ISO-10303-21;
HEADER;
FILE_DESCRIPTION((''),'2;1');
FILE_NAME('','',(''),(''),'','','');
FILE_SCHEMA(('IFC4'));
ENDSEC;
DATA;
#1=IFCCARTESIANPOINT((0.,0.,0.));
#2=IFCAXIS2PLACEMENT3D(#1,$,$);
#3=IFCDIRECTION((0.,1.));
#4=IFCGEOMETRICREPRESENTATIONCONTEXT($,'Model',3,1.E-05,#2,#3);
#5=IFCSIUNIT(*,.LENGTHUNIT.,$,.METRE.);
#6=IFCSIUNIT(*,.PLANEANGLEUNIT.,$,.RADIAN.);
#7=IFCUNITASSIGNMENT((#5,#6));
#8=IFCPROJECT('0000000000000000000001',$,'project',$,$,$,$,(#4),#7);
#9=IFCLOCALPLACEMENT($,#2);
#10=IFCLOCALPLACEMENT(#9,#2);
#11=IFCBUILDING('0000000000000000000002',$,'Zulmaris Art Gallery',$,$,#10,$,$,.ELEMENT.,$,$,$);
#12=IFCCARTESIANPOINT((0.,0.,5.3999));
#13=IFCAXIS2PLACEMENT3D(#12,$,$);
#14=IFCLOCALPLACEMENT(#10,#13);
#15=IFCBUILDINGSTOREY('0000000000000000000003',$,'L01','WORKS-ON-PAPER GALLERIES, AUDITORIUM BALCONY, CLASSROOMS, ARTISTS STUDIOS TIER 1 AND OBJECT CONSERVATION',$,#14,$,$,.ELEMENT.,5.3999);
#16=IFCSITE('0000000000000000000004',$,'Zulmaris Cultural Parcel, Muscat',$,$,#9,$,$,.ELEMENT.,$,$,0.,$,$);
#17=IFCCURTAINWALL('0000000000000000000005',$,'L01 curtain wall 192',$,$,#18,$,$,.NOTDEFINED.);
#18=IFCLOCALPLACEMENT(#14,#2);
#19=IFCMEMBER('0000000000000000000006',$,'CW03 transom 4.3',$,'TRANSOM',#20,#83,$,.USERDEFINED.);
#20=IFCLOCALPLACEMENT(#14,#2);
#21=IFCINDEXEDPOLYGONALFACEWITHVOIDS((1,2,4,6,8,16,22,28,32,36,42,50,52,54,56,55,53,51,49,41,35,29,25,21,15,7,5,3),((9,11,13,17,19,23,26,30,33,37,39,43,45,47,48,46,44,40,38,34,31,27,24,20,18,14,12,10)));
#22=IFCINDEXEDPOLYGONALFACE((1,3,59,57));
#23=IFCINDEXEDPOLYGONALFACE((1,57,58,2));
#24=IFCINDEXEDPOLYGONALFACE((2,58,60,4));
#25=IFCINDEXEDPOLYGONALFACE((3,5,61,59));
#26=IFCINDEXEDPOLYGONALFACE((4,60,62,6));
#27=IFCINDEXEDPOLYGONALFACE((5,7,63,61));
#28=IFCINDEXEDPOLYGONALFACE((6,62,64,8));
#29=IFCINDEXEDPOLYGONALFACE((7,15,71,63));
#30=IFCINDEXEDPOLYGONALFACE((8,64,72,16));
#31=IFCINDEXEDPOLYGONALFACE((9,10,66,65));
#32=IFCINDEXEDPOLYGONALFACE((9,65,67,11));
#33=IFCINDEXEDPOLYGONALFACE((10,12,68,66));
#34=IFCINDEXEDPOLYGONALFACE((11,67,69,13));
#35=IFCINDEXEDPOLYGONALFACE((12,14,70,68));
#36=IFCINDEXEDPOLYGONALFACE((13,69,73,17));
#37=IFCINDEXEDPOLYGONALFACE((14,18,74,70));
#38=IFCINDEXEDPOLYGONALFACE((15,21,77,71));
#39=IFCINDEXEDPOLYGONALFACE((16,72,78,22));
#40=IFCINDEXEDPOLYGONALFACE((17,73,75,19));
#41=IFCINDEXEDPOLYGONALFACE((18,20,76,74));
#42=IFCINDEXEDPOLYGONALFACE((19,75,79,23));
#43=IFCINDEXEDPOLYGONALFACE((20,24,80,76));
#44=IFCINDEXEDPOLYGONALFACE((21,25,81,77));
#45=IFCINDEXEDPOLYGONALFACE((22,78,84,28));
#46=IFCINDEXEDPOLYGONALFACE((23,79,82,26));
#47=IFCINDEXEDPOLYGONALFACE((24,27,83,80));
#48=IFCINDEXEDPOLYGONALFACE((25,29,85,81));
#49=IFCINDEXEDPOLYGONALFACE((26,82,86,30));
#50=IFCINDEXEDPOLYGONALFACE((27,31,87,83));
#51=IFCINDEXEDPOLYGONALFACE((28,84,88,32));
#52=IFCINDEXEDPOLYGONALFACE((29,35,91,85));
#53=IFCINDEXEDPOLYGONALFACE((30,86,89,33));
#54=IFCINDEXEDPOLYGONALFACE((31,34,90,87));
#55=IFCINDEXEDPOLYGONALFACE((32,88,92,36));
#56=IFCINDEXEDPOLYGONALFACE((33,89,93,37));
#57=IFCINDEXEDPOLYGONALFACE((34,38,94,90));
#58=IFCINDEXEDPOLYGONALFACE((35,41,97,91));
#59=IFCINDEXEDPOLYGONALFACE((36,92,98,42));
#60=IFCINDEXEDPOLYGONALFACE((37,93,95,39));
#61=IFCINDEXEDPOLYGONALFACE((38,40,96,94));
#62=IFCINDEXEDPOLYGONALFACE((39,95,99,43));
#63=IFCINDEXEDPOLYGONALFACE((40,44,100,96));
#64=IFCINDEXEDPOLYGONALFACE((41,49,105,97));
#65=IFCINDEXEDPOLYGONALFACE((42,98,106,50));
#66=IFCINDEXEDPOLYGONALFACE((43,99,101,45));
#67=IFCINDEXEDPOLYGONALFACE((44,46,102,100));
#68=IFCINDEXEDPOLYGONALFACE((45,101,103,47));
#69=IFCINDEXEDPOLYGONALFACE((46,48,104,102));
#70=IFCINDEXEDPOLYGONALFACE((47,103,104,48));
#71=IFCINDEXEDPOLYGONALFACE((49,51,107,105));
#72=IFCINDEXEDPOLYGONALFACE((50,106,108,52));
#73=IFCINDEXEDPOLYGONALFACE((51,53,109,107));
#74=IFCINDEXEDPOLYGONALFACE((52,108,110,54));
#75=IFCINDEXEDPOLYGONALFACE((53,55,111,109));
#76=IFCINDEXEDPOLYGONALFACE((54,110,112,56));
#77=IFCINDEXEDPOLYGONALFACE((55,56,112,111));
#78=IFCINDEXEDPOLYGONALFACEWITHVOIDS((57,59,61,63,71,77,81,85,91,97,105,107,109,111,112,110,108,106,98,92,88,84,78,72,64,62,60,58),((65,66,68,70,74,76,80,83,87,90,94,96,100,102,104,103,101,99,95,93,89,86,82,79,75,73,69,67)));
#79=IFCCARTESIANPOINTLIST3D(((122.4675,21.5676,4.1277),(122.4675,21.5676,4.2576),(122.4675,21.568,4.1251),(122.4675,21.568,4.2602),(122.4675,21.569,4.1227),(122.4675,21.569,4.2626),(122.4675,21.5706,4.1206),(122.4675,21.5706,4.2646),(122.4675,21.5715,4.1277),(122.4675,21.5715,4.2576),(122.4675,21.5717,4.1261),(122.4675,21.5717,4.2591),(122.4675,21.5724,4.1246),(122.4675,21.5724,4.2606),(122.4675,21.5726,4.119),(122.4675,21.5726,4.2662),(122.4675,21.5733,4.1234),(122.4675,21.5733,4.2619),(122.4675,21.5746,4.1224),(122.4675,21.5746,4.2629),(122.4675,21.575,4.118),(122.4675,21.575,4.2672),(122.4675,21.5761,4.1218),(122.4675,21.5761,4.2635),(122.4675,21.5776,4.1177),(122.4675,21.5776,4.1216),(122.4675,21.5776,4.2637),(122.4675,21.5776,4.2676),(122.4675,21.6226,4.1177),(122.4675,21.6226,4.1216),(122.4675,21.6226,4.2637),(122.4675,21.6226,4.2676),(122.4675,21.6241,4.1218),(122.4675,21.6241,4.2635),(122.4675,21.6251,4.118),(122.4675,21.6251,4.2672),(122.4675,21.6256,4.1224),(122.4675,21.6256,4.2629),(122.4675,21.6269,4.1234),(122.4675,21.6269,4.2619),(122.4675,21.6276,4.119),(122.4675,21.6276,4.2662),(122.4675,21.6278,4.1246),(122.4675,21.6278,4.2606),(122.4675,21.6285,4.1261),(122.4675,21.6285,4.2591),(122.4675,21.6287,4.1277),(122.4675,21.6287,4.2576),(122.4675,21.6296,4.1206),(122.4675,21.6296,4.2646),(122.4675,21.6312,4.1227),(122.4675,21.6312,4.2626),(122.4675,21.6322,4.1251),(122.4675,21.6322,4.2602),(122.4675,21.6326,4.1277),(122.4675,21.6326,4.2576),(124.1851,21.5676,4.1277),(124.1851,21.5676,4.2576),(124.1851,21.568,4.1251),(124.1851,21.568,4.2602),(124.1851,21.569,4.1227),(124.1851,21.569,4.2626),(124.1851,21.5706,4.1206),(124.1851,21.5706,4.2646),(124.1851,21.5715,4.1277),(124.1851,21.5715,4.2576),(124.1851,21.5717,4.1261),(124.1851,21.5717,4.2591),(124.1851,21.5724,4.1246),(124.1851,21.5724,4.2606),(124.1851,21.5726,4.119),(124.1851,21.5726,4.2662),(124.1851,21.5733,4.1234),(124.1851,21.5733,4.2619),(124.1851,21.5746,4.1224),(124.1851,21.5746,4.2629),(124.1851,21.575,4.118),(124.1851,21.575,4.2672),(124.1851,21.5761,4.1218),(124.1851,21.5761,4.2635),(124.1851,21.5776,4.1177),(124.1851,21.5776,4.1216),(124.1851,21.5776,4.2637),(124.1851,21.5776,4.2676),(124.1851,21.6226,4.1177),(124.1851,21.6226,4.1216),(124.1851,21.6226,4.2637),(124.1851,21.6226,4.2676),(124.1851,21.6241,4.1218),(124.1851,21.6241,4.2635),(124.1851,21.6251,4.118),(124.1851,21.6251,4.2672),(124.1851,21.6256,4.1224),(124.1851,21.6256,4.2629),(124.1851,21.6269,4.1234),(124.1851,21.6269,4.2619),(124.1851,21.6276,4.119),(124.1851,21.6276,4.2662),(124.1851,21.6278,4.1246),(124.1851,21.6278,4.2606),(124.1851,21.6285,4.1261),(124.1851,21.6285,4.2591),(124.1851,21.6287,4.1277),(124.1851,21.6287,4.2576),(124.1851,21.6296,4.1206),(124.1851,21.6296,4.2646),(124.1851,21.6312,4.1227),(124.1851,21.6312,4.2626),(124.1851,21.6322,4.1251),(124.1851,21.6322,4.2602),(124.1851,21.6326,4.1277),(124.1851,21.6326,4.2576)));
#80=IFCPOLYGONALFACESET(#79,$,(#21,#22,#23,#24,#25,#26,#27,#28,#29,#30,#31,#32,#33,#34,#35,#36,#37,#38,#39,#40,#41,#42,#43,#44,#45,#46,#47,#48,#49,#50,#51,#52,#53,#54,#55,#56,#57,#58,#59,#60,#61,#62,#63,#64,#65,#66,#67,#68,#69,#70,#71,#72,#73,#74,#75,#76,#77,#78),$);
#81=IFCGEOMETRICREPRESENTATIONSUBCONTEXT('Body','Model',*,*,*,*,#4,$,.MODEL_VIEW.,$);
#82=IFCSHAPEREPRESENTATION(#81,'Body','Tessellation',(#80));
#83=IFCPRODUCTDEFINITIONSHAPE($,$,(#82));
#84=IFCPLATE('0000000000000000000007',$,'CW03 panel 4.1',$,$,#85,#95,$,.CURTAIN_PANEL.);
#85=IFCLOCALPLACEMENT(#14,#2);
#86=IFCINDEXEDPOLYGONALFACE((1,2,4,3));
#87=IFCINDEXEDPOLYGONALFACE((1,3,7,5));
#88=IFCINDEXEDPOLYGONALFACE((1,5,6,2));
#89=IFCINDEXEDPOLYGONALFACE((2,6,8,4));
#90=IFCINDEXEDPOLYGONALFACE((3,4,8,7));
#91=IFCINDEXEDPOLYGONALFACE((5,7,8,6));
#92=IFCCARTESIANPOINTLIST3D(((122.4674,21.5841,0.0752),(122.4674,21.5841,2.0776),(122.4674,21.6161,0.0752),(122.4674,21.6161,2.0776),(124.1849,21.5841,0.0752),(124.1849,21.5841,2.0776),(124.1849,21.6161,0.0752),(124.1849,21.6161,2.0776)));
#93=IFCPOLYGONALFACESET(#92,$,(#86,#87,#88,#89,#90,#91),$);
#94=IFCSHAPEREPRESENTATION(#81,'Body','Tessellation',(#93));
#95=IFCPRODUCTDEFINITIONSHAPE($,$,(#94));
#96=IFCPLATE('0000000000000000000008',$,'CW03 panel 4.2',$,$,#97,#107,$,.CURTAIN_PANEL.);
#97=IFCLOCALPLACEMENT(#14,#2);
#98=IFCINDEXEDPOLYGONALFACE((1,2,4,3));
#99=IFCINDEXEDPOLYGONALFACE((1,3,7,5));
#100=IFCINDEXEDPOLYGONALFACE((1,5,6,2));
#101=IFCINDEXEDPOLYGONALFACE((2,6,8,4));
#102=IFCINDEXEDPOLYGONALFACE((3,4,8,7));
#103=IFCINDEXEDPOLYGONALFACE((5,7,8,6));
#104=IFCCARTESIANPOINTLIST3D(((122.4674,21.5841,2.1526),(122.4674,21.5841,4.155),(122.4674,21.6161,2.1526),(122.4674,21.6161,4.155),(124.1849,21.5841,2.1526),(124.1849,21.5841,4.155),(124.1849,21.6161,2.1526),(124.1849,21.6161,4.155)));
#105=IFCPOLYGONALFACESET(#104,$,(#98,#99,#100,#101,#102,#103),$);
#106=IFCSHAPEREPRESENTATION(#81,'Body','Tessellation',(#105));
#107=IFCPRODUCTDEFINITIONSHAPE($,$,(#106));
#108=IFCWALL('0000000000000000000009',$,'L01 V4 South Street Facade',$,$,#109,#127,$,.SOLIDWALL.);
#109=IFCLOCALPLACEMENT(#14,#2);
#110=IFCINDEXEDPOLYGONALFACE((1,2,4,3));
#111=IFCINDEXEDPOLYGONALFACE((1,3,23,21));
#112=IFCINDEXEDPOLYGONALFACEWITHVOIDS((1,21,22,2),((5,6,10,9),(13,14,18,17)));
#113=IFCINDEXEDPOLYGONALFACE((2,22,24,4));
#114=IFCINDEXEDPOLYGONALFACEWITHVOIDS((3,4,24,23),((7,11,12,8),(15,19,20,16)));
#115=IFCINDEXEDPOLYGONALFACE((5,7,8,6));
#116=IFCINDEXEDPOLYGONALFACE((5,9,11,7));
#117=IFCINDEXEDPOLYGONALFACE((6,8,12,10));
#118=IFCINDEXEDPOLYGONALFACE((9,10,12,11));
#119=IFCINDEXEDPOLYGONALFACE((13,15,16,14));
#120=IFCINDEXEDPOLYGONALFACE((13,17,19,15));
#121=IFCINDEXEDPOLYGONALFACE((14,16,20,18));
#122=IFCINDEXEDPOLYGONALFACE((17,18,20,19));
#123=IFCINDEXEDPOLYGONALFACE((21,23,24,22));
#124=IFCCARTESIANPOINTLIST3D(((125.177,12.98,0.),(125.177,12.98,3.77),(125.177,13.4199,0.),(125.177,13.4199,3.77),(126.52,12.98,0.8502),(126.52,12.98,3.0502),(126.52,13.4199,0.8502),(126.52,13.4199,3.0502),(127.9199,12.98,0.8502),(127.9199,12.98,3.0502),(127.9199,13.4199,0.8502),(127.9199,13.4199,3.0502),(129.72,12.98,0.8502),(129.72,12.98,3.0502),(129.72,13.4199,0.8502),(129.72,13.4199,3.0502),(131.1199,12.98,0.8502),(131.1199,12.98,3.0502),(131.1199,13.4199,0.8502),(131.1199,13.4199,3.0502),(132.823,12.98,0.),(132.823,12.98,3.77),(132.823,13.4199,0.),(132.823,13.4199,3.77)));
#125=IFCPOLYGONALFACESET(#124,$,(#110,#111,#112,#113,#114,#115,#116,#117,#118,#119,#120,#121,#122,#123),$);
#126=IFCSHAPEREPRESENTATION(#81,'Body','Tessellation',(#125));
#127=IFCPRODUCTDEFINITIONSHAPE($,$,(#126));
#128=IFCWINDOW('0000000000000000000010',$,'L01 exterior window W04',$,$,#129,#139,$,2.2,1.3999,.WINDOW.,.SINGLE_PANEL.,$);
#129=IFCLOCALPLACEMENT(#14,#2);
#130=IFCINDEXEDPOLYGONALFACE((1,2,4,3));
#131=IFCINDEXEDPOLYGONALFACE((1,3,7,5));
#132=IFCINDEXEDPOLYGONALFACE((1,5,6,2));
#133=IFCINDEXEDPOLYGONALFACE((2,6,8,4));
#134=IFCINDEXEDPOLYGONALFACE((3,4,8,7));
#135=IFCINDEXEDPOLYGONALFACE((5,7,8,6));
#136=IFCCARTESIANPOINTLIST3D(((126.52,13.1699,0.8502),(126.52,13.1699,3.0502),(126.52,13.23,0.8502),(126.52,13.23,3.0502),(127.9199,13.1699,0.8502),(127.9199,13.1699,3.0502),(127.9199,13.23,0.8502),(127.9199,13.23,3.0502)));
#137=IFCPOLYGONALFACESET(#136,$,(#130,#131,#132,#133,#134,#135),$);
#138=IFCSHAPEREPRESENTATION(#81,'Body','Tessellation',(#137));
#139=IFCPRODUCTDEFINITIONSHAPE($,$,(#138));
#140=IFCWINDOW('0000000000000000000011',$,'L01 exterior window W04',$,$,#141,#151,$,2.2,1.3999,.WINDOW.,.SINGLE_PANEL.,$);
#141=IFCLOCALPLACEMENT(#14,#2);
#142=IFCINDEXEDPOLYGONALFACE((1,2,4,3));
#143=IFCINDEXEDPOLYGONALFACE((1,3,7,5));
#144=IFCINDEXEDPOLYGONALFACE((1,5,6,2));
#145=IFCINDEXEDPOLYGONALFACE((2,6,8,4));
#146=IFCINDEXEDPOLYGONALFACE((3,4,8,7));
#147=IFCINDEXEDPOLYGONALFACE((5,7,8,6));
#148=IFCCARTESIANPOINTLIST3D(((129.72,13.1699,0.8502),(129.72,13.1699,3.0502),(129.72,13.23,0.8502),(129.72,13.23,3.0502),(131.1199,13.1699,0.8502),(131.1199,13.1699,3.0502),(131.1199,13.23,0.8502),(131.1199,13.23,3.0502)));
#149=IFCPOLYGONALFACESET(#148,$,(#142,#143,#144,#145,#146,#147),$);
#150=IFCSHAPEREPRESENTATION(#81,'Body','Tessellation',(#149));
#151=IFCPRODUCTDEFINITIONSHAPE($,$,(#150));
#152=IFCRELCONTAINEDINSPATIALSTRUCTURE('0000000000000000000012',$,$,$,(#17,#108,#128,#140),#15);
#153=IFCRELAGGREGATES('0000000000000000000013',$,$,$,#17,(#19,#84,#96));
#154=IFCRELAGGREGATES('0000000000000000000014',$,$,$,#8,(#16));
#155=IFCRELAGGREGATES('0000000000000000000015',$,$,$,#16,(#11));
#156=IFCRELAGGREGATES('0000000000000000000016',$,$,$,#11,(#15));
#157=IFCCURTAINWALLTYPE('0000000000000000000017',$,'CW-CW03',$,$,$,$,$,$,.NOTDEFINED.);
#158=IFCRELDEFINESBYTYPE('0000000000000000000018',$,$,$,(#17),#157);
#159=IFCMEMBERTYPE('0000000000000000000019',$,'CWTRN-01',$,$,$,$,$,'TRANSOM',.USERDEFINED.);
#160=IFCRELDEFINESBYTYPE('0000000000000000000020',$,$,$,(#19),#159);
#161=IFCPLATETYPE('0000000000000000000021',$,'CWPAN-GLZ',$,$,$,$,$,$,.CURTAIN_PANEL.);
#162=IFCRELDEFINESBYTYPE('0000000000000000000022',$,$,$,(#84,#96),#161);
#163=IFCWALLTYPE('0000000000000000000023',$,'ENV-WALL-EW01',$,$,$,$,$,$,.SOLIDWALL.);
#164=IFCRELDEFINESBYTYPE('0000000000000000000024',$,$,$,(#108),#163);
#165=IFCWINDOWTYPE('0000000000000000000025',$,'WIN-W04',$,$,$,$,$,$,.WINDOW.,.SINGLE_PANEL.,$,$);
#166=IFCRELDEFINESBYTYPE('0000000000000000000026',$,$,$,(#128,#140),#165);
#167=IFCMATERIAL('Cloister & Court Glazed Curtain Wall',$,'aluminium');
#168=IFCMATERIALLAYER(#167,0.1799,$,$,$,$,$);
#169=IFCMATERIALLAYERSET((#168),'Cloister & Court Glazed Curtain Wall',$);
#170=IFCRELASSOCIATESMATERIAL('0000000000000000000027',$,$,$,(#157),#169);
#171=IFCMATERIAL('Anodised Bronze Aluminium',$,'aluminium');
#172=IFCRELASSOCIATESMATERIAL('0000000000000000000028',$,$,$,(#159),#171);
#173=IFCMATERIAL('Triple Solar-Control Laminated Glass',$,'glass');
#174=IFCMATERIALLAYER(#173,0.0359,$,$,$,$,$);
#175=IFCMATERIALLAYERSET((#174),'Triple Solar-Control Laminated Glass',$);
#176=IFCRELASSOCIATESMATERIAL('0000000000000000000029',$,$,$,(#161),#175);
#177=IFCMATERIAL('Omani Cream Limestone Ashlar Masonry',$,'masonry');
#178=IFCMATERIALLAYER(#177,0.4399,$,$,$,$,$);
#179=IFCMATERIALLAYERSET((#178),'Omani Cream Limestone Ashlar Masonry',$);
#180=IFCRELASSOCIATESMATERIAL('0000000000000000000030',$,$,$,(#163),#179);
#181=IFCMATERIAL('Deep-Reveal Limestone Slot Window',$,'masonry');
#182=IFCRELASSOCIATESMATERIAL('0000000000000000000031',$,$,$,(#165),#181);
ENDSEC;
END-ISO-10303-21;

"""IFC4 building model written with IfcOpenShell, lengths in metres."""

from ifc_helpers import new_model, si_unit, direction, frame, frame_2d, origin, origin_2d, place, context, subcontext, project, spatial, rectangle, hollow_rectangle, extrude, material, layer, layer_set, material_profile, profile_set, type_object, element, fill, aggregate, save


model = new_model("IFC4")

# Units and contexts
model_context = context("Model", 3, precision=1e-05, world=origin(), true_north=direction((0.0, 1.0)))
body_context = subcontext(model_context, "Body", "Model", "MODEL_VIEW")
ifc_project = project(units=[si_unit("LENGTHUNIT", "METRE"), si_unit("PLANEANGLEUNIT", "RADIAN")], contexts=[model_context])

# Site, building, storey
site_placement = place(None, origin())
site = spatial("IfcSite", under=ifc_project, at=site_placement, Name="Zulmaris Cultural Parcel, Muscat", CompositionType="ELEMENT", RefElevation=0.0)
building_placement = place(site_placement, origin())
building = spatial("IfcBuilding", under=site, at=building_placement, Name="Zulmaris Art Gallery", CompositionType="ELEMENT")
storey_placement = place(building_placement, frame((0.0, 0.0, 5.3999)))
storey = spatial("IfcBuildingStorey", under=building, at=storey_placement, Name="L01", Description="WORKS-ON-PAPER GALLERIES, AUDITORIUM BALCONY, CLASSROOMS, ARTISTS STUDIOS TIER 1 AND OBJECT CONSERVATION", CompositionType="ELEMENT", Elevation=5.3999)

# Shared definitions
ifc_material_1 = material(Name="Anodised Bronze Aluminium", Category="aluminium")

# Curtain wall, member, plates
ifc_material_2 = material(Name="Cloister & Court Glazed Curtain Wall", Category="aluminium")
ifc_layer_1 = layer(ifc_material_2, 0.1799)
ifc_layer_set_1 = layer_set([ifc_layer_1], Name="Cloister & Court Glazed Curtain Wall")
curtain_wall_type_1 = type_object("IfcCurtainWallType", Name="CW-CW03", PredefinedType="NOTDEFINED", material=ifc_layer_set_1)
curtain_wall_1_placement = place(storey_placement, origin())
curtain_wall_1 = element("IfcCurtainWall", 1, at=curtain_wall_1_placement, inside=storey, type_object=curtain_wall_type_1, Name="L01 curtain wall 192", PredefinedType="NOTDEFINED")
ifc_material_profile_1 = material_profile(ifc_material_1, hollow_rectangle(XDim=0.0649, YDim=0.1499, WallThickness=0.0039, InnerFilletRadius=0.0061, OuterFilletRadius=0.01, at=origin_2d()), Name="ALU 65x150x4")
ifc_profile_set_1 = profile_set([ifc_material_profile_1], Name="Anodised Bronze Aluminium")
member_type_1 = type_object("IfcMemberType", Name="CWTRN-01", ElementType="TRANSOM", PredefinedType="USERDEFINED", material=ifc_profile_set_1)
member_1_placement = place(storey_placement, frame((122.4675, 21.6001, 4.1926), z_axis=(1.0, 0.0, 0.0), x_axis=(0.0, 1.0, 0.0)))
member_1 = element("IfcMember", 2, at=member_1_placement, type_object=member_type_1, Name="CW03 transom 4.3", ObjectType="TRANSOM", PredefinedType="USERDEFINED", context=body_context, shape_type="SweptSolid", body=[
    extrude(hollow_rectangle(XDim=0.0649, YDim=0.1499, WallThickness=0.0039, InnerFilletRadius=0.0061, OuterFilletRadius=0.01, at=origin_2d()), origin(), (0.0, 0.0, 1.0), 1.7175),
])
ifc_material_3 = material(Name="Triple Solar-Control Laminated Glass", Category="glass")
ifc_layer_2 = layer(ifc_material_3, 0.0359)
ifc_layer_set_2 = layer_set([ifc_layer_2], Name="Triple Solar-Control Laminated Glass")
plate_type = type_object("IfcPlateType", Name="CWPAN-GLZ", PredefinedType="CURTAIN_PANEL", material=ifc_layer_set_2)
plate_1_placement = place(storey_placement, frame((123.3262, 21.6001, 0.0752), z_axis=(0.0, 0.0, 1.0), x_axis=(1.0, 0.0, 0.0)))
plate_1 = element("IfcPlate", 3, at=plate_1_placement, type_object=plate_type, Name="CW03 panel 4.1", PredefinedType="CURTAIN_PANEL", context=body_context, shape_type="SweptSolid", body=[
    extrude(rectangle(XDim=1.7175, YDim=0.032, at=origin_2d()), origin(), (0.0, 0.0, 1.0), 2.0024),
])
plate_2_placement = place(storey_placement, frame((123.3262, 21.6001, 2.1526), z_axis=(0.0, 0.0, 1.0), x_axis=(1.0, 0.0, 0.0)))
plate_2 = element("IfcPlate", 4, at=plate_2_placement, type_object=plate_type, Name="CW03 panel 4.2", PredefinedType="CURTAIN_PANEL", context=body_context, shape_type="SweptSolid", body=[
    extrude(rectangle(XDim=1.7175, YDim=0.032, at=origin_2d()), origin(), (0.0, 0.0, 1.0), 2.0024),
])
aggregate(curtain_wall_1, [member_1, plate_1, plate_2])

# Wall, openings, windows
ifc_material_4 = material(Name="Omani Cream Limestone Ashlar Masonry", Category="masonry")
ifc_layer_3 = layer(ifc_material_4, 0.4399)
ifc_layer_set_3 = layer_set([ifc_layer_3], Name="Omani Cream Limestone Ashlar Masonry")
wall_type_1 = type_object("IfcWallType", Name="ENV-WALL-EW01", PredefinedType="SOLIDWALL", material=ifc_layer_set_3)
wall_1_placement = place(storey_placement, frame((125.177, 13.2, 0.0), z_axis=(0.0, 0.0, 1.0), x_axis=(1.0, 0.0, 0.0)))
wall_1 = element("IfcWall", 5, at=wall_1_placement, inside=storey, type_object=wall_type_1, Name="L01 V4 South Street Facade", PredefinedType="SOLIDWALL", context=body_context, shape_type="SweptSolid", body=[
    extrude(rectangle(XDim=7.646, YDim=0.4399, at=frame_2d((3.823, 0.0))), origin(), (0.0, 0.0, 1.0), 3.77),
])
opening_1_placement = place(wall_1_placement, frame((1.343, 0.0, 0.8501)))
opening_1 = element("IfcOpeningElement", 6, at=opening_1_placement, cuts=wall_1, PredefinedType="OPENING", context=body_context, shape_type="SweptSolid", body=[
    extrude(rectangle(XDim=1.3999, YDim=2.2, at=frame_2d((0.7, 1.1001))), frame((0.0, 0.23, 0.0), z_axis=(0.0, -1.0, 0.0), x_axis=(1.0, 0.0, 0.0)), (0.0, 0.0, 1.0), 0.46),
])
opening_2_placement = place(wall_1_placement, frame((4.543, 0.0, 0.8501)))
opening_2 = element("IfcOpeningElement", 7, at=opening_2_placement, cuts=wall_1, PredefinedType="OPENING", context=body_context, shape_type="SweptSolid", body=[
    extrude(rectangle(XDim=1.3999, YDim=2.2, at=frame_2d((0.7, 1.1001))), frame((0.0, 0.23, 0.0), z_axis=(0.0, -1.0, 0.0), x_axis=(1.0, 0.0, 0.0)), (0.0, 0.0, 1.0), 0.46),
])
ifc_material_5 = material(Name="Deep-Reveal Limestone Slot Window", Category="masonry")
window_type = type_object("IfcWindowType", Name="WIN-W04", PartitioningType="SINGLE_PANEL", PredefinedType="WINDOW", material=ifc_material_5)
window_1_placement = place(opening_1_placement, origin())
window_1 = element("IfcWindow", 8, at=window_1_placement, inside=storey, type_object=window_type, Name="L01 exterior window W04", OverallHeight=2.2, OverallWidth=1.3999, PartitioningType="SINGLE_PANEL", PredefinedType="WINDOW", context=body_context, shape_type="SweptSolid", body=[
    extrude(rectangle(XDim=1.3999, YDim=2.2, at=frame_2d((0.7, 1.1001))), frame((0.0, 0.03, 0.0), z_axis=(0.0, -1.0, 0.0), x_axis=(1.0, 0.0, 0.0)), (0.0, 0.0, 1.0), 0.0601),
])
fill(opening_1, window_1)
window_2_placement = place(opening_2_placement, origin())
window_2 = element("IfcWindow", 9, at=window_2_placement, inside=storey, type_object=window_type, Name="L01 exterior window W04", OverallHeight=2.2, OverallWidth=1.3999, PartitioningType="SINGLE_PANEL", PredefinedType="WINDOW", context=body_context, shape_type="SweptSolid", body=[
    extrude(rectangle(XDim=1.3999, YDim=2.2, at=frame_2d((0.7, 1.1001))), frame((0.0, 0.03, 0.0), z_axis=(0.0, -1.0, 0.0), x_axis=(1.0, 0.0, 0.0)), (0.0, 0.0, 1.0), 0.0601),
])
fill(opening_2, window_2)

save(model, "model.ifc")
